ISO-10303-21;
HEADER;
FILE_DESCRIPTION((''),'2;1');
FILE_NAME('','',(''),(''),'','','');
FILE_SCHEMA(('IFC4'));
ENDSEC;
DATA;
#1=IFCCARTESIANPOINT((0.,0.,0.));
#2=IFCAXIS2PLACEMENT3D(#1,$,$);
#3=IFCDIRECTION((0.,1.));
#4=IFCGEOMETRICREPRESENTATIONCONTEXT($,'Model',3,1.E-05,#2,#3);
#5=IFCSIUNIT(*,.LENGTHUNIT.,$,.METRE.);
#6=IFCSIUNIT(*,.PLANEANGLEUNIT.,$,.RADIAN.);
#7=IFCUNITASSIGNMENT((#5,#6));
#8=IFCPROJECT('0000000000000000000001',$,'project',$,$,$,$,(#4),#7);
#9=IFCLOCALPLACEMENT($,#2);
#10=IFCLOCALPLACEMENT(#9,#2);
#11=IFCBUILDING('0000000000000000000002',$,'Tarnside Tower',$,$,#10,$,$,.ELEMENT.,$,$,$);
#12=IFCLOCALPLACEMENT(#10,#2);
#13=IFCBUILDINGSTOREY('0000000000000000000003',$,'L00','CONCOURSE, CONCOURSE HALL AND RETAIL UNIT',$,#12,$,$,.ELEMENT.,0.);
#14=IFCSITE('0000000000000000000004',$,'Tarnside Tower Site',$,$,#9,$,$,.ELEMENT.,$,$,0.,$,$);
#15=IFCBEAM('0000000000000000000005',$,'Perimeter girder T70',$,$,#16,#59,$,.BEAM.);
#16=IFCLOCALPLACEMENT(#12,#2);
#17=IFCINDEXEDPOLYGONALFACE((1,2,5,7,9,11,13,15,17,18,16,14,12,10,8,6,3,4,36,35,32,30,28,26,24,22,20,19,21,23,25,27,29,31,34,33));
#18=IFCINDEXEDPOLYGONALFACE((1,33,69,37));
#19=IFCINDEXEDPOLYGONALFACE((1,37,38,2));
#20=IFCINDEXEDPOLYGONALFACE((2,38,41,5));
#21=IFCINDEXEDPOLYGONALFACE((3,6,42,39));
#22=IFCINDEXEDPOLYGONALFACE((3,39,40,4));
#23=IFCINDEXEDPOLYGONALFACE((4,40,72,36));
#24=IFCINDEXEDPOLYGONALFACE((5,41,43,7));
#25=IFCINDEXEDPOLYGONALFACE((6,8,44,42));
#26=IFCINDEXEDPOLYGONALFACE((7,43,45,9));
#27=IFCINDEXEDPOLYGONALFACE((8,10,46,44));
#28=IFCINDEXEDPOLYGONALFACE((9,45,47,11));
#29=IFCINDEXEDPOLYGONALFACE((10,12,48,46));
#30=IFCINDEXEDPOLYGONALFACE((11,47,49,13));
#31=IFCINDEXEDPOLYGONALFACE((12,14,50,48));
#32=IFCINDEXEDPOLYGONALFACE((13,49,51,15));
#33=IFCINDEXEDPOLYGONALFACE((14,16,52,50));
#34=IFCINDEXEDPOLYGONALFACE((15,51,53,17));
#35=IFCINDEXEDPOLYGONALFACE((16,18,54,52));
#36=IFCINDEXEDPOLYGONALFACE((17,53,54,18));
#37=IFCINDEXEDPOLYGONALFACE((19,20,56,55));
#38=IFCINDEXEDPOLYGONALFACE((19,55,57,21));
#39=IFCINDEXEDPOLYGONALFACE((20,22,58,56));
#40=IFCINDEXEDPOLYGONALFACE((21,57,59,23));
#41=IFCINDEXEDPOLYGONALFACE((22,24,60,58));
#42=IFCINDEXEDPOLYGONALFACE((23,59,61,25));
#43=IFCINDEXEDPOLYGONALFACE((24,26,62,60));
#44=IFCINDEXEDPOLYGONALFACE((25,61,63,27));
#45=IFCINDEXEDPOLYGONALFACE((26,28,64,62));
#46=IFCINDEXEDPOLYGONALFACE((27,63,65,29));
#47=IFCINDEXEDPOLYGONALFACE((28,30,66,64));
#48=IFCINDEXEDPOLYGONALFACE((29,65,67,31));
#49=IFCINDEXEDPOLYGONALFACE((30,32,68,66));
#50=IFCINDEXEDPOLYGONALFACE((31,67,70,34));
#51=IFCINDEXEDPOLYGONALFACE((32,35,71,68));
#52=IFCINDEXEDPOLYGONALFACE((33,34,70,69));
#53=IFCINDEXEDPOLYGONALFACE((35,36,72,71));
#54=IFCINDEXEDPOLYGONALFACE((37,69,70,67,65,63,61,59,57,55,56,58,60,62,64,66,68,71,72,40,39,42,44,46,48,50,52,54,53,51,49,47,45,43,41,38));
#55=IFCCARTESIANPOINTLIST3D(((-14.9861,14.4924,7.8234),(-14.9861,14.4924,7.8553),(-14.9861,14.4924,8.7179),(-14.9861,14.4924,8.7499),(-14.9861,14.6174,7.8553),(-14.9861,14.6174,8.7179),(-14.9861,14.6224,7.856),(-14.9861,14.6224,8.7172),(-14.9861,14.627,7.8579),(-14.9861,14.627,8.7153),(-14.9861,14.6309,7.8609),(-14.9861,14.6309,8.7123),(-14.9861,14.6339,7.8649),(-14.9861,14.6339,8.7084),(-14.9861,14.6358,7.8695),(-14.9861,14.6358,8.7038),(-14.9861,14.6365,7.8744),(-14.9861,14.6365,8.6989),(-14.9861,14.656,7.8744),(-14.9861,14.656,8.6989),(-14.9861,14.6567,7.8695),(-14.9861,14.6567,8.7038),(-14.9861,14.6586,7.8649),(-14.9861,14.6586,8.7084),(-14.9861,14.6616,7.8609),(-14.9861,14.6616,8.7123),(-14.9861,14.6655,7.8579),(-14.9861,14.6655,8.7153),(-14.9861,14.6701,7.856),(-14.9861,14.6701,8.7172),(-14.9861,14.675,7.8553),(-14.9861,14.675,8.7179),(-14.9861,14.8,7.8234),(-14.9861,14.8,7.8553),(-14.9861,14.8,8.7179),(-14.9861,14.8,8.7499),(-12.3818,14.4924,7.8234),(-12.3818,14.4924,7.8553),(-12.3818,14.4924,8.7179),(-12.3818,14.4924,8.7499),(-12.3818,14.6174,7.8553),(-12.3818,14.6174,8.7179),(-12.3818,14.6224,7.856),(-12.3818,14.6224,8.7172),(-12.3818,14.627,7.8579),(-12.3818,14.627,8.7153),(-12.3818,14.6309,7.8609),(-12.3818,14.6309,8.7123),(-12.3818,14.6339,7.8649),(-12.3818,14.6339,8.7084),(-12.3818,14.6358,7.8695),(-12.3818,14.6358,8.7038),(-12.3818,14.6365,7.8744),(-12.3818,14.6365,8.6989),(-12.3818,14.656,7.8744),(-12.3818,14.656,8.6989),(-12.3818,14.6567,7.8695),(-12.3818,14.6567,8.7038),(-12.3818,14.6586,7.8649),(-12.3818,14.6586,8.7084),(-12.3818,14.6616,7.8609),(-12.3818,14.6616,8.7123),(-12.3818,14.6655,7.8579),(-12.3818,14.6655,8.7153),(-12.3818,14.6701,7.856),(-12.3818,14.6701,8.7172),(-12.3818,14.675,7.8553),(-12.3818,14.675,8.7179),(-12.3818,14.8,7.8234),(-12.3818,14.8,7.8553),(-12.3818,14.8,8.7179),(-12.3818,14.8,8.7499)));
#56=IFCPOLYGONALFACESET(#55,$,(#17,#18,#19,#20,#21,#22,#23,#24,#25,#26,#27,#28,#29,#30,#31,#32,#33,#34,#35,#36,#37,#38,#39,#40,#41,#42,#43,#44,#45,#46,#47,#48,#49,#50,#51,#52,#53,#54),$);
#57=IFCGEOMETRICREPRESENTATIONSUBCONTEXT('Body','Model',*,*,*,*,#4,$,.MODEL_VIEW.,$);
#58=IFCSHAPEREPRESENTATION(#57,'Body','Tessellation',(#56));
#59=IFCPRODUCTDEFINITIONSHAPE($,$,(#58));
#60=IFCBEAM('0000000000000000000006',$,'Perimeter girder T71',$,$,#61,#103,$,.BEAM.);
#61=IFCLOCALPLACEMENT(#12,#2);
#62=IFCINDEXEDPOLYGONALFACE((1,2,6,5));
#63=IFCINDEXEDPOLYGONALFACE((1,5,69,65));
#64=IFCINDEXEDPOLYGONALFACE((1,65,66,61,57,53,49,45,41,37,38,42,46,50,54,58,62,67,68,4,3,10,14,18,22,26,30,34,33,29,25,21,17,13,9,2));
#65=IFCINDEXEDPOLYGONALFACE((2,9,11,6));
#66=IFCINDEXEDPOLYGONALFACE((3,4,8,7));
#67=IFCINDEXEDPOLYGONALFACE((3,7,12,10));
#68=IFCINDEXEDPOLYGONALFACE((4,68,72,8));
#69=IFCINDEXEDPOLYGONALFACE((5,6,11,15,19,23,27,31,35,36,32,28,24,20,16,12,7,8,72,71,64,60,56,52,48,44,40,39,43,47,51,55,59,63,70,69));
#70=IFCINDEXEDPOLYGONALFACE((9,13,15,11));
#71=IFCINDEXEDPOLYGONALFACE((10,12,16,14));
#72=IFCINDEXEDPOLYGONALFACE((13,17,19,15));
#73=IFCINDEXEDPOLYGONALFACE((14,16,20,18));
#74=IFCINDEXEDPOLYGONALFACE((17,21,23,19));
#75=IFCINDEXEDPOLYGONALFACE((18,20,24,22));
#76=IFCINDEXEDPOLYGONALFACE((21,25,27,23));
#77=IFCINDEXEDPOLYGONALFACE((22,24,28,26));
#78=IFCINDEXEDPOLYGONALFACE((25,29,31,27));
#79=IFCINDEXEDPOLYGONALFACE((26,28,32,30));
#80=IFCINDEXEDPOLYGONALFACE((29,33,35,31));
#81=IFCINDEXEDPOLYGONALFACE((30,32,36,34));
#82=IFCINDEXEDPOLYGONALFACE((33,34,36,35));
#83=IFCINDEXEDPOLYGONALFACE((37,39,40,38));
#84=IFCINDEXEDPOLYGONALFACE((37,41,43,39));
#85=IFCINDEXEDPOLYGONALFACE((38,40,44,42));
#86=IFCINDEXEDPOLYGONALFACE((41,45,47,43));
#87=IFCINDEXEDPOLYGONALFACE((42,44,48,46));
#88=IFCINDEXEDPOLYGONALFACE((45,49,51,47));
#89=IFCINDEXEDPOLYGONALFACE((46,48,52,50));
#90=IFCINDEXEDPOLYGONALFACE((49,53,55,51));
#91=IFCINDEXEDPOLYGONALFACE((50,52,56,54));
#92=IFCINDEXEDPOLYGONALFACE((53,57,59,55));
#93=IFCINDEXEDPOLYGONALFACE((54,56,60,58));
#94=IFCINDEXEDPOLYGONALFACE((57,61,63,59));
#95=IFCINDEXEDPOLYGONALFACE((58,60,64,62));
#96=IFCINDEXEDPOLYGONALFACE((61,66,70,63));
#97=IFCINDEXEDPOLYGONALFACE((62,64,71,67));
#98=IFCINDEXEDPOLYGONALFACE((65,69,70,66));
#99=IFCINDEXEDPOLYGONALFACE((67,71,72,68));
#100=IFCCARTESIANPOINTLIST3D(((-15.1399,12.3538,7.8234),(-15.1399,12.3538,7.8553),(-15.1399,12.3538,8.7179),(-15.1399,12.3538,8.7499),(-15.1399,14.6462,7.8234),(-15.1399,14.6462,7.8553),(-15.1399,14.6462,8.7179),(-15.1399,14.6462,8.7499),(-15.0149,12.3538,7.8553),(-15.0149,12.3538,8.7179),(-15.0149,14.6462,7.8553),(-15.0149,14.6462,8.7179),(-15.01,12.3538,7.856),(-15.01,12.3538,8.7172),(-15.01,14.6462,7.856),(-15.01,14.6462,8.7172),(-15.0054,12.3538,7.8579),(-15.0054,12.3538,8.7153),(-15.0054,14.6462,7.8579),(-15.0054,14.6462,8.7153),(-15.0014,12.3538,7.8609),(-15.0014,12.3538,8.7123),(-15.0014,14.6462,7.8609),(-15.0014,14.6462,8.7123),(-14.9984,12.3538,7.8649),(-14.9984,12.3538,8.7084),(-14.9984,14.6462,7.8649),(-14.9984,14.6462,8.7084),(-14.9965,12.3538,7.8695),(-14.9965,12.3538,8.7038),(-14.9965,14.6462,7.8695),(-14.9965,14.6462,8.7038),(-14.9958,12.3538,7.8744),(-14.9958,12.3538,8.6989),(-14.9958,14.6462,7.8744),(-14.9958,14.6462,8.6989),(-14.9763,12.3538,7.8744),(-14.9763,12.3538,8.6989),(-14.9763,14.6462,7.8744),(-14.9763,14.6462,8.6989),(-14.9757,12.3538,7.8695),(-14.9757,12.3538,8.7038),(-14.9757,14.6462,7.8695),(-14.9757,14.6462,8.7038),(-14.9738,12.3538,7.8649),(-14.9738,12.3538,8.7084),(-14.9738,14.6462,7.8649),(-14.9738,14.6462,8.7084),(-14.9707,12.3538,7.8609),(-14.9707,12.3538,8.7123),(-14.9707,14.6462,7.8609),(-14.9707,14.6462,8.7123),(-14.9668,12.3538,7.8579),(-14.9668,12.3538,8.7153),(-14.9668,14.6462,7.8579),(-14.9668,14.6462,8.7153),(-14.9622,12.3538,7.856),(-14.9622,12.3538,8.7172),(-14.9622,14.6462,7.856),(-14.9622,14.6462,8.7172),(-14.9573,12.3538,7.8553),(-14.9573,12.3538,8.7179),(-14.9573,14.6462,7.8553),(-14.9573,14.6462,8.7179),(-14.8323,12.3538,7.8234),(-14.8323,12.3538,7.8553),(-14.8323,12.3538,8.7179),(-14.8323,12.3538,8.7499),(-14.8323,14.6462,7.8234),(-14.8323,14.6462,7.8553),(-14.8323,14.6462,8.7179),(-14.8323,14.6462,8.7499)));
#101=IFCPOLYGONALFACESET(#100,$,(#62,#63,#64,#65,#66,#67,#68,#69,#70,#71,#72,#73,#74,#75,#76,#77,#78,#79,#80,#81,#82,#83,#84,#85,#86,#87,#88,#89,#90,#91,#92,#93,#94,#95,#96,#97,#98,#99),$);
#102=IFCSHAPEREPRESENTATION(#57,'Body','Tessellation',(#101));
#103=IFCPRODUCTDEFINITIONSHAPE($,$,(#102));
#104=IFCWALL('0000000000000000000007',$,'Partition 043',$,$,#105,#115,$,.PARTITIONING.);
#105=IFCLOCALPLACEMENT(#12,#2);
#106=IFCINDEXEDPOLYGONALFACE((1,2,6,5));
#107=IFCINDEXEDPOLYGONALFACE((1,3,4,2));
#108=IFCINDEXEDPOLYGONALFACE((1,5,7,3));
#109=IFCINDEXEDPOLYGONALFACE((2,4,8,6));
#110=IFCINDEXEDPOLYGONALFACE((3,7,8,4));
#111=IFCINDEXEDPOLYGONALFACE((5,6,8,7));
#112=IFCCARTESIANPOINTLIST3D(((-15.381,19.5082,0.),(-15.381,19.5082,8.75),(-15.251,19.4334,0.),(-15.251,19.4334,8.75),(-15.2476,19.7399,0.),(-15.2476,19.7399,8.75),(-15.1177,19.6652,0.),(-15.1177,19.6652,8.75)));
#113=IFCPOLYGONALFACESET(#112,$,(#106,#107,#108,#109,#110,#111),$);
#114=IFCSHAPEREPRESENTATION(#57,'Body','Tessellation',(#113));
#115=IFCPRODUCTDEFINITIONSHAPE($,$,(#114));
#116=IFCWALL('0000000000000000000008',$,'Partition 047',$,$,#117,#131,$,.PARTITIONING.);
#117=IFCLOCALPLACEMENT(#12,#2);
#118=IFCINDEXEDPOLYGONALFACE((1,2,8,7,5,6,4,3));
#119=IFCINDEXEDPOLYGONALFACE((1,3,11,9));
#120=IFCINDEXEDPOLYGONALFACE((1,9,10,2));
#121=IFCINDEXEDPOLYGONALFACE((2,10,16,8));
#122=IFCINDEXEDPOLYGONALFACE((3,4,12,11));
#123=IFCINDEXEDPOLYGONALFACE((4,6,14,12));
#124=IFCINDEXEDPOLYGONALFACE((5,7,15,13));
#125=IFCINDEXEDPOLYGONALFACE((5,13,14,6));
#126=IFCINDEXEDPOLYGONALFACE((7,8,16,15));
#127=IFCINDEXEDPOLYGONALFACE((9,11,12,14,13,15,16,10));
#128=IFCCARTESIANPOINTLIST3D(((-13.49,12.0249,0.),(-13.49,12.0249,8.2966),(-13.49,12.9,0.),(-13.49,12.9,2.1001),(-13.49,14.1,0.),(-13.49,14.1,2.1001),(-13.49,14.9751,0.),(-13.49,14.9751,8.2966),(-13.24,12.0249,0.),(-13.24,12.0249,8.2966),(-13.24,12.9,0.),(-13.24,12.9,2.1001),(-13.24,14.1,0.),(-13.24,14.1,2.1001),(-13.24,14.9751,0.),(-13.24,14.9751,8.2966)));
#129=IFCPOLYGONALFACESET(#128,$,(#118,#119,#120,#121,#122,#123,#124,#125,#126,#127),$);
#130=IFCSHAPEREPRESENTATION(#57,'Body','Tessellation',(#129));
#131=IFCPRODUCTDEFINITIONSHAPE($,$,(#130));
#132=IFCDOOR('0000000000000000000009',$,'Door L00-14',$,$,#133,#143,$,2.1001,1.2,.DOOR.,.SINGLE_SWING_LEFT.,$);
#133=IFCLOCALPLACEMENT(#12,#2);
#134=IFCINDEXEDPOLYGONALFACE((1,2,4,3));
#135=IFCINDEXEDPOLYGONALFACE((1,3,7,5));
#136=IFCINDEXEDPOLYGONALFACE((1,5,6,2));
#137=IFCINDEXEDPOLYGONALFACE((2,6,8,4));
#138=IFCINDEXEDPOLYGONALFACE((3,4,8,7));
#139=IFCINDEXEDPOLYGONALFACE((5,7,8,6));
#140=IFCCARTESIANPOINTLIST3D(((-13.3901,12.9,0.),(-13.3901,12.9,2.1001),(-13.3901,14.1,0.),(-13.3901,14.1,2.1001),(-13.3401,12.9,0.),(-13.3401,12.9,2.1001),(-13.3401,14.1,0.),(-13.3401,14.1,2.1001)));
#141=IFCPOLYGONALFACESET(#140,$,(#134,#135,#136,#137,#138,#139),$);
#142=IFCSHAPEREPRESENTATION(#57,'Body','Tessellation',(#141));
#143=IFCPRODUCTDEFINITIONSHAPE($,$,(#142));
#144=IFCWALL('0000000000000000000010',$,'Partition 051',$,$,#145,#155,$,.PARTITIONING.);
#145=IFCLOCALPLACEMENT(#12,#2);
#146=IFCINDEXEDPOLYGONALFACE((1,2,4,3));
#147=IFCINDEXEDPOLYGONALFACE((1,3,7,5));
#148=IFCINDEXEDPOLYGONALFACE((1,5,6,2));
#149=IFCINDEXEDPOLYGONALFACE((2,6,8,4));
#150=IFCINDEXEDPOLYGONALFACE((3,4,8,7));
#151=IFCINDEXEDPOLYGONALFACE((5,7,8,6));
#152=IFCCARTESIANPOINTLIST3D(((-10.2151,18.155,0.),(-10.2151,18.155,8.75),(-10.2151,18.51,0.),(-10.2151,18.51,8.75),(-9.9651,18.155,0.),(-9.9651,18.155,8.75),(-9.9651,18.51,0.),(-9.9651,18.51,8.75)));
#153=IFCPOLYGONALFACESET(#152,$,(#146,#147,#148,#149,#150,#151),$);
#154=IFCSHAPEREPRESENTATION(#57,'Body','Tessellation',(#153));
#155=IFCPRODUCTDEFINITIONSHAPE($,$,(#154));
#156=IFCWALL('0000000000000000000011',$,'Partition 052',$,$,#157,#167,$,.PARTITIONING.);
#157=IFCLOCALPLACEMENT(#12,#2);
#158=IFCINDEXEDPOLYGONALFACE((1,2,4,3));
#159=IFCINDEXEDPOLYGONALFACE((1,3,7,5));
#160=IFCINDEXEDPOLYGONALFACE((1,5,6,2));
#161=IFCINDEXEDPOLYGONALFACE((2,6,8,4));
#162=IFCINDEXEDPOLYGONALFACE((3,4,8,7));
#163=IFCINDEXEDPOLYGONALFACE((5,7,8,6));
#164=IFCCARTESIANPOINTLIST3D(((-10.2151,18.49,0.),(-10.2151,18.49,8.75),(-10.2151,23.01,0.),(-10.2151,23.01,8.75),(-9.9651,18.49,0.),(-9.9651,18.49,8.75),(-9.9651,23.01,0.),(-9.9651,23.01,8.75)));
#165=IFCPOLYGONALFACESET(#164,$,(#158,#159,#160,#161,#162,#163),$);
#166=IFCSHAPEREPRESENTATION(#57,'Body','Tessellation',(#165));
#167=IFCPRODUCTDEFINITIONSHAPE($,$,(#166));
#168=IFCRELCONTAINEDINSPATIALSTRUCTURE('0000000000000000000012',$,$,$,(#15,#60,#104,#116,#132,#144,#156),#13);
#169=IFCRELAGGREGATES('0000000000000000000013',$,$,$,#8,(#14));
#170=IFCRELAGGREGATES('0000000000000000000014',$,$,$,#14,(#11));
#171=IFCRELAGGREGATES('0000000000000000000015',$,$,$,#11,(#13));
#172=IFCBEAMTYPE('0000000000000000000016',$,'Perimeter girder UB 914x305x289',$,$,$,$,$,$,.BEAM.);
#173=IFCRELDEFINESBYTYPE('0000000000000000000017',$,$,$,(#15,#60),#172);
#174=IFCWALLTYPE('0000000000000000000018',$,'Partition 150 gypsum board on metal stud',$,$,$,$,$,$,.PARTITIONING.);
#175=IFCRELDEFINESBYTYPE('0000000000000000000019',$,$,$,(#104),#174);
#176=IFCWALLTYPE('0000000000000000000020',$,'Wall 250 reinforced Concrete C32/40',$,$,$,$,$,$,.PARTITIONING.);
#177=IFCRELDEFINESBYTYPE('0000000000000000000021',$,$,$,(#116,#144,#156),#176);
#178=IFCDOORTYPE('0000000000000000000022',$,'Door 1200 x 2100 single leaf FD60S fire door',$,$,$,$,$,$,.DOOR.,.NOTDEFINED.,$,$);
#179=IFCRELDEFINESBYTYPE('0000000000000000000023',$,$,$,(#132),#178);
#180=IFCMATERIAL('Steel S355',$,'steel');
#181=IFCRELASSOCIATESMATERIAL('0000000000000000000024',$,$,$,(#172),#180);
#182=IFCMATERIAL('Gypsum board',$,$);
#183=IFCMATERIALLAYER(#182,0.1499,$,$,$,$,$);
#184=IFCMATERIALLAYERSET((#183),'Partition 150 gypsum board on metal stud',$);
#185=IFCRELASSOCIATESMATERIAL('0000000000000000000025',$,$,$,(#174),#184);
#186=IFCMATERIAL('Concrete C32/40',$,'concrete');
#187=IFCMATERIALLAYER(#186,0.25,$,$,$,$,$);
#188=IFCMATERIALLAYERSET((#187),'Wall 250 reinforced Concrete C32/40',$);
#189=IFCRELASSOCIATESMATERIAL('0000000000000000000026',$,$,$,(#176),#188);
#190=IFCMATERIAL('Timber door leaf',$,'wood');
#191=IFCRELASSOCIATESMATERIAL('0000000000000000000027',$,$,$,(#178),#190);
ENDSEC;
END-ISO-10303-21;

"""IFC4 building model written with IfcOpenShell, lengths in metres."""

from ifc_helpers import new_model, si_unit, direction, frame, frame_2d, origin, origin_2d, place, context, subcontext, project, spatial, rectangle, i_section, extrude, material, layer, layer_set, material_profile, profile_set, type_object, element, fill, save


model = new_model("IFC4")

# Units and contexts
model_context = context("Model", 3, precision=1e-05, world=origin(), true_north=direction((0.0, 1.0)))
body_context = subcontext(model_context, "Body", "Model", "MODEL_VIEW")
ifc_project = project(units=[si_unit("LENGTHUNIT", "METRE"), si_unit("PLANEANGLEUNIT", "RADIAN")], contexts=[model_context])

# Site, building, storey
site_placement = place(None, origin())
site = spatial("IfcSite", under=ifc_project, at=site_placement, Name="Tarnside Tower Site", CompositionType="ELEMENT", RefElevation=0.0)
building_placement = place(site_placement, origin())
building = spatial("IfcBuilding", under=site, at=building_placement, Name="Tarnside Tower", CompositionType="ELEMENT")
storey_placement = place(building_placement, origin())
storey = spatial("IfcBuildingStorey", under=building, at=storey_placement, Name="L00", Description="CONCOURSE, CONCOURSE HALL AND RETAIL UNIT", CompositionType="ELEMENT", Elevation=0.0)

# Beams
ifc_material_1 = material(Name="Steel S355", Category="steel")
ifc_material_profile_1 = material_profile(ifc_material_1, i_section(OverallWidth=0.3076, OverallDepth=0.9265, WebThickness=0.0195, FlangeThickness=0.032, FilletRadius=0.019, at=origin_2d()), Name="UB 914x305x289")
ifc_profile_set_1 = profile_set([ifc_material_profile_1], Name="Steel S355")
beam_type_1 = type_object("IfcBeamType", Name="Perimeter girder UB 914x305x289", PredefinedType="BEAM", material=ifc_profile_set_1)
beam_1_placement = place(storey_placement, frame((-12.3818, 14.6462, 8.2866), z_axis=(-1.0, 0.0, 0.0), x_axis=(0.0, -1.0, 0.0)))
element("IfcBeam", 1, at=beam_1_placement, inside=storey, type_object=beam_type_1, Name="Perimeter girder T70", PredefinedType="BEAM", context=body_context, shape_type="SweptSolid", body=[
    extrude(i_section(OverallWidth=0.3076, OverallDepth=0.9265, WebThickness=0.0195, FlangeThickness=0.032, FilletRadius=0.019, at=origin_2d()), origin(), (0.0, 0.0, 1.0), 2.6042),
])
beam_2_placement = place(storey_placement, frame((-14.9861, 14.6462, 8.2866), z_axis=(0.0, -1.0, 0.0), x_axis=(1.0, 0.0, 0.0)))
element("IfcBeam", 2, at=beam_2_placement, inside=storey, type_object=beam_type_1, Name="Perimeter girder T71", PredefinedType="BEAM", context=body_context, shape_type="SweptSolid", body=[
    extrude(i_section(OverallWidth=0.3076, OverallDepth=0.9265, WebThickness=0.0195, FlangeThickness=0.032, FilletRadius=0.019, at=origin_2d()), origin(), (0.0, 0.0, 1.0), 2.2925),
])

# Wall
ifc_material_2 = material(Name="Gypsum board")
ifc_layer_1 = layer(ifc_material_2, 0.1499)
ifc_layer_set_1 = layer_set([ifc_layer_1], Name="Partition 150 gypsum board on metal stud")
wall_type_1 = type_object("IfcWallType", Name="Partition 150 gypsum board on metal stud", PredefinedType="PARTITIONING", material=ifc_layer_set_1)
wall_1_placement = place(storey_placement, frame((-15.1826, 19.7026, 0.0), z_axis=(0.0, 0.0, 1.0), x_axis=(-0.498694, -0.866778, 0.0)))
element("IfcWall", 3, at=wall_1_placement, inside=storey, type_object=wall_type_1, Name="Partition 043", PredefinedType="PARTITIONING", context=body_context, shape_type="SweptSolid", body=[
    extrude(rectangle(XDim=0.2673, YDim=0.1499, at=frame_2d((0.1338, 0.0))), origin(), (0.0, 0.0, 1.0), 8.75),
])

# Wall, opening, door
ifc_material_3 = material(Name="Concrete C32/40", Category="concrete")
ifc_layer_2 = layer(ifc_material_3, 0.25)
ifc_layer_set_2 = layer_set([ifc_layer_2], Name="Wall 250 reinforced Concrete C32/40")
wall_type_2 = type_object("IfcWallType", Name="Wall 250 reinforced Concrete C32/40", PredefinedType="PARTITIONING", material=ifc_layer_set_2)
wall_2_placement = place(storey_placement, frame((-13.365, 14.9751, 0.0), z_axis=(0.0, 0.0, 1.0), x_axis=(0.0, -1.0, 0.0)))
wall_2 = element("IfcWall", 4, at=wall_2_placement, inside=storey, type_object=wall_type_2, Name="Partition 047", PredefinedType="PARTITIONING", context=body_context, shape_type="SweptSolid", body=[
    extrude(rectangle(XDim=2.9502, YDim=0.25, at=frame_2d((1.4751, 0.0))), origin(), (0.0, 0.0, 1.0), 8.2966),
])
opening_placement = place(wall_2_placement, frame((0.875, 0.0, 0.0)))
opening = element("IfcOpeningElement", 5, at=opening_placement, cuts=wall_2, PredefinedType="OPENING", context=body_context, shape_type="SweptSolid", body=[
    extrude(rectangle(XDim=1.2, YDim=2.1001, at=frame_2d((0.6001, 1.05))), frame((0.0, 0.135, 0.0), z_axis=(0.0, -1.0, 0.0), x_axis=(1.0, 0.0, 0.0)), (0.0, 0.0, 1.0), 0.27),
])
ifc_material_4 = material(Name="Timber door leaf", Category="wood")
door_type = type_object("IfcDoorType", Name="Door 1200 x 2100 single leaf FD60S fire door", OperationType="NOTDEFINED", PredefinedType="DOOR", material=ifc_material_4)
door_placement = place(opening_placement, origin())
door = element("IfcDoor", 6, at=door_placement, inside=storey, type_object=door_type, Name="Door L00-14", OperationType="SINGLE_SWING_LEFT", OverallHeight=2.1001, OverallWidth=1.2, PredefinedType="DOOR", context=body_context, shape_type="SweptSolid", body=[
    extrude(rectangle(XDim=1.2, YDim=2.1001, at=frame_2d((0.6001, 1.05))), frame((0.0, 0.0249, 0.0), z_axis=(0.0, -1.0, 0.0), x_axis=(1.0, 0.0, 0.0)), (0.0, 0.0, 1.0), 0.05),
])
fill(opening, door)

# Walls
wall_3_placement = place(storey_placement, frame((-10.0901, 18.155, 0.0), z_axis=(0.0, 0.0, 1.0), x_axis=(0.0, 1.0, 0.0)))
element("IfcWall", 7, at=wall_3_placement, inside=storey, type_object=wall_type_2, Name="Partition 051", PredefinedType="PARTITIONING", context=body_context, shape_type="SweptSolid", body=[
    extrude(rectangle(XDim=0.355, YDim=0.25, at=frame_2d((0.1775, 0.0))), origin(), (0.0, 0.0, 1.0), 8.75),
])
wall_4_placement = place(storey_placement, frame((-10.0901, 18.49, 0.0), z_axis=(0.0, 0.0, 1.0), x_axis=(0.0, 1.0, 0.0)))
element("IfcWall", 8, at=wall_4_placement, inside=storey, type_object=wall_type_2, Name="Partition 052", PredefinedType="PARTITIONING", context=body_context, shape_type="SweptSolid", body=[
    extrude(rectangle(XDim=4.52, YDim=0.25, at=frame_2d((2.26, 0.0))), origin(), (0.0, 0.0, 1.0), 8.75),
])

save(model, "model.ifc")
